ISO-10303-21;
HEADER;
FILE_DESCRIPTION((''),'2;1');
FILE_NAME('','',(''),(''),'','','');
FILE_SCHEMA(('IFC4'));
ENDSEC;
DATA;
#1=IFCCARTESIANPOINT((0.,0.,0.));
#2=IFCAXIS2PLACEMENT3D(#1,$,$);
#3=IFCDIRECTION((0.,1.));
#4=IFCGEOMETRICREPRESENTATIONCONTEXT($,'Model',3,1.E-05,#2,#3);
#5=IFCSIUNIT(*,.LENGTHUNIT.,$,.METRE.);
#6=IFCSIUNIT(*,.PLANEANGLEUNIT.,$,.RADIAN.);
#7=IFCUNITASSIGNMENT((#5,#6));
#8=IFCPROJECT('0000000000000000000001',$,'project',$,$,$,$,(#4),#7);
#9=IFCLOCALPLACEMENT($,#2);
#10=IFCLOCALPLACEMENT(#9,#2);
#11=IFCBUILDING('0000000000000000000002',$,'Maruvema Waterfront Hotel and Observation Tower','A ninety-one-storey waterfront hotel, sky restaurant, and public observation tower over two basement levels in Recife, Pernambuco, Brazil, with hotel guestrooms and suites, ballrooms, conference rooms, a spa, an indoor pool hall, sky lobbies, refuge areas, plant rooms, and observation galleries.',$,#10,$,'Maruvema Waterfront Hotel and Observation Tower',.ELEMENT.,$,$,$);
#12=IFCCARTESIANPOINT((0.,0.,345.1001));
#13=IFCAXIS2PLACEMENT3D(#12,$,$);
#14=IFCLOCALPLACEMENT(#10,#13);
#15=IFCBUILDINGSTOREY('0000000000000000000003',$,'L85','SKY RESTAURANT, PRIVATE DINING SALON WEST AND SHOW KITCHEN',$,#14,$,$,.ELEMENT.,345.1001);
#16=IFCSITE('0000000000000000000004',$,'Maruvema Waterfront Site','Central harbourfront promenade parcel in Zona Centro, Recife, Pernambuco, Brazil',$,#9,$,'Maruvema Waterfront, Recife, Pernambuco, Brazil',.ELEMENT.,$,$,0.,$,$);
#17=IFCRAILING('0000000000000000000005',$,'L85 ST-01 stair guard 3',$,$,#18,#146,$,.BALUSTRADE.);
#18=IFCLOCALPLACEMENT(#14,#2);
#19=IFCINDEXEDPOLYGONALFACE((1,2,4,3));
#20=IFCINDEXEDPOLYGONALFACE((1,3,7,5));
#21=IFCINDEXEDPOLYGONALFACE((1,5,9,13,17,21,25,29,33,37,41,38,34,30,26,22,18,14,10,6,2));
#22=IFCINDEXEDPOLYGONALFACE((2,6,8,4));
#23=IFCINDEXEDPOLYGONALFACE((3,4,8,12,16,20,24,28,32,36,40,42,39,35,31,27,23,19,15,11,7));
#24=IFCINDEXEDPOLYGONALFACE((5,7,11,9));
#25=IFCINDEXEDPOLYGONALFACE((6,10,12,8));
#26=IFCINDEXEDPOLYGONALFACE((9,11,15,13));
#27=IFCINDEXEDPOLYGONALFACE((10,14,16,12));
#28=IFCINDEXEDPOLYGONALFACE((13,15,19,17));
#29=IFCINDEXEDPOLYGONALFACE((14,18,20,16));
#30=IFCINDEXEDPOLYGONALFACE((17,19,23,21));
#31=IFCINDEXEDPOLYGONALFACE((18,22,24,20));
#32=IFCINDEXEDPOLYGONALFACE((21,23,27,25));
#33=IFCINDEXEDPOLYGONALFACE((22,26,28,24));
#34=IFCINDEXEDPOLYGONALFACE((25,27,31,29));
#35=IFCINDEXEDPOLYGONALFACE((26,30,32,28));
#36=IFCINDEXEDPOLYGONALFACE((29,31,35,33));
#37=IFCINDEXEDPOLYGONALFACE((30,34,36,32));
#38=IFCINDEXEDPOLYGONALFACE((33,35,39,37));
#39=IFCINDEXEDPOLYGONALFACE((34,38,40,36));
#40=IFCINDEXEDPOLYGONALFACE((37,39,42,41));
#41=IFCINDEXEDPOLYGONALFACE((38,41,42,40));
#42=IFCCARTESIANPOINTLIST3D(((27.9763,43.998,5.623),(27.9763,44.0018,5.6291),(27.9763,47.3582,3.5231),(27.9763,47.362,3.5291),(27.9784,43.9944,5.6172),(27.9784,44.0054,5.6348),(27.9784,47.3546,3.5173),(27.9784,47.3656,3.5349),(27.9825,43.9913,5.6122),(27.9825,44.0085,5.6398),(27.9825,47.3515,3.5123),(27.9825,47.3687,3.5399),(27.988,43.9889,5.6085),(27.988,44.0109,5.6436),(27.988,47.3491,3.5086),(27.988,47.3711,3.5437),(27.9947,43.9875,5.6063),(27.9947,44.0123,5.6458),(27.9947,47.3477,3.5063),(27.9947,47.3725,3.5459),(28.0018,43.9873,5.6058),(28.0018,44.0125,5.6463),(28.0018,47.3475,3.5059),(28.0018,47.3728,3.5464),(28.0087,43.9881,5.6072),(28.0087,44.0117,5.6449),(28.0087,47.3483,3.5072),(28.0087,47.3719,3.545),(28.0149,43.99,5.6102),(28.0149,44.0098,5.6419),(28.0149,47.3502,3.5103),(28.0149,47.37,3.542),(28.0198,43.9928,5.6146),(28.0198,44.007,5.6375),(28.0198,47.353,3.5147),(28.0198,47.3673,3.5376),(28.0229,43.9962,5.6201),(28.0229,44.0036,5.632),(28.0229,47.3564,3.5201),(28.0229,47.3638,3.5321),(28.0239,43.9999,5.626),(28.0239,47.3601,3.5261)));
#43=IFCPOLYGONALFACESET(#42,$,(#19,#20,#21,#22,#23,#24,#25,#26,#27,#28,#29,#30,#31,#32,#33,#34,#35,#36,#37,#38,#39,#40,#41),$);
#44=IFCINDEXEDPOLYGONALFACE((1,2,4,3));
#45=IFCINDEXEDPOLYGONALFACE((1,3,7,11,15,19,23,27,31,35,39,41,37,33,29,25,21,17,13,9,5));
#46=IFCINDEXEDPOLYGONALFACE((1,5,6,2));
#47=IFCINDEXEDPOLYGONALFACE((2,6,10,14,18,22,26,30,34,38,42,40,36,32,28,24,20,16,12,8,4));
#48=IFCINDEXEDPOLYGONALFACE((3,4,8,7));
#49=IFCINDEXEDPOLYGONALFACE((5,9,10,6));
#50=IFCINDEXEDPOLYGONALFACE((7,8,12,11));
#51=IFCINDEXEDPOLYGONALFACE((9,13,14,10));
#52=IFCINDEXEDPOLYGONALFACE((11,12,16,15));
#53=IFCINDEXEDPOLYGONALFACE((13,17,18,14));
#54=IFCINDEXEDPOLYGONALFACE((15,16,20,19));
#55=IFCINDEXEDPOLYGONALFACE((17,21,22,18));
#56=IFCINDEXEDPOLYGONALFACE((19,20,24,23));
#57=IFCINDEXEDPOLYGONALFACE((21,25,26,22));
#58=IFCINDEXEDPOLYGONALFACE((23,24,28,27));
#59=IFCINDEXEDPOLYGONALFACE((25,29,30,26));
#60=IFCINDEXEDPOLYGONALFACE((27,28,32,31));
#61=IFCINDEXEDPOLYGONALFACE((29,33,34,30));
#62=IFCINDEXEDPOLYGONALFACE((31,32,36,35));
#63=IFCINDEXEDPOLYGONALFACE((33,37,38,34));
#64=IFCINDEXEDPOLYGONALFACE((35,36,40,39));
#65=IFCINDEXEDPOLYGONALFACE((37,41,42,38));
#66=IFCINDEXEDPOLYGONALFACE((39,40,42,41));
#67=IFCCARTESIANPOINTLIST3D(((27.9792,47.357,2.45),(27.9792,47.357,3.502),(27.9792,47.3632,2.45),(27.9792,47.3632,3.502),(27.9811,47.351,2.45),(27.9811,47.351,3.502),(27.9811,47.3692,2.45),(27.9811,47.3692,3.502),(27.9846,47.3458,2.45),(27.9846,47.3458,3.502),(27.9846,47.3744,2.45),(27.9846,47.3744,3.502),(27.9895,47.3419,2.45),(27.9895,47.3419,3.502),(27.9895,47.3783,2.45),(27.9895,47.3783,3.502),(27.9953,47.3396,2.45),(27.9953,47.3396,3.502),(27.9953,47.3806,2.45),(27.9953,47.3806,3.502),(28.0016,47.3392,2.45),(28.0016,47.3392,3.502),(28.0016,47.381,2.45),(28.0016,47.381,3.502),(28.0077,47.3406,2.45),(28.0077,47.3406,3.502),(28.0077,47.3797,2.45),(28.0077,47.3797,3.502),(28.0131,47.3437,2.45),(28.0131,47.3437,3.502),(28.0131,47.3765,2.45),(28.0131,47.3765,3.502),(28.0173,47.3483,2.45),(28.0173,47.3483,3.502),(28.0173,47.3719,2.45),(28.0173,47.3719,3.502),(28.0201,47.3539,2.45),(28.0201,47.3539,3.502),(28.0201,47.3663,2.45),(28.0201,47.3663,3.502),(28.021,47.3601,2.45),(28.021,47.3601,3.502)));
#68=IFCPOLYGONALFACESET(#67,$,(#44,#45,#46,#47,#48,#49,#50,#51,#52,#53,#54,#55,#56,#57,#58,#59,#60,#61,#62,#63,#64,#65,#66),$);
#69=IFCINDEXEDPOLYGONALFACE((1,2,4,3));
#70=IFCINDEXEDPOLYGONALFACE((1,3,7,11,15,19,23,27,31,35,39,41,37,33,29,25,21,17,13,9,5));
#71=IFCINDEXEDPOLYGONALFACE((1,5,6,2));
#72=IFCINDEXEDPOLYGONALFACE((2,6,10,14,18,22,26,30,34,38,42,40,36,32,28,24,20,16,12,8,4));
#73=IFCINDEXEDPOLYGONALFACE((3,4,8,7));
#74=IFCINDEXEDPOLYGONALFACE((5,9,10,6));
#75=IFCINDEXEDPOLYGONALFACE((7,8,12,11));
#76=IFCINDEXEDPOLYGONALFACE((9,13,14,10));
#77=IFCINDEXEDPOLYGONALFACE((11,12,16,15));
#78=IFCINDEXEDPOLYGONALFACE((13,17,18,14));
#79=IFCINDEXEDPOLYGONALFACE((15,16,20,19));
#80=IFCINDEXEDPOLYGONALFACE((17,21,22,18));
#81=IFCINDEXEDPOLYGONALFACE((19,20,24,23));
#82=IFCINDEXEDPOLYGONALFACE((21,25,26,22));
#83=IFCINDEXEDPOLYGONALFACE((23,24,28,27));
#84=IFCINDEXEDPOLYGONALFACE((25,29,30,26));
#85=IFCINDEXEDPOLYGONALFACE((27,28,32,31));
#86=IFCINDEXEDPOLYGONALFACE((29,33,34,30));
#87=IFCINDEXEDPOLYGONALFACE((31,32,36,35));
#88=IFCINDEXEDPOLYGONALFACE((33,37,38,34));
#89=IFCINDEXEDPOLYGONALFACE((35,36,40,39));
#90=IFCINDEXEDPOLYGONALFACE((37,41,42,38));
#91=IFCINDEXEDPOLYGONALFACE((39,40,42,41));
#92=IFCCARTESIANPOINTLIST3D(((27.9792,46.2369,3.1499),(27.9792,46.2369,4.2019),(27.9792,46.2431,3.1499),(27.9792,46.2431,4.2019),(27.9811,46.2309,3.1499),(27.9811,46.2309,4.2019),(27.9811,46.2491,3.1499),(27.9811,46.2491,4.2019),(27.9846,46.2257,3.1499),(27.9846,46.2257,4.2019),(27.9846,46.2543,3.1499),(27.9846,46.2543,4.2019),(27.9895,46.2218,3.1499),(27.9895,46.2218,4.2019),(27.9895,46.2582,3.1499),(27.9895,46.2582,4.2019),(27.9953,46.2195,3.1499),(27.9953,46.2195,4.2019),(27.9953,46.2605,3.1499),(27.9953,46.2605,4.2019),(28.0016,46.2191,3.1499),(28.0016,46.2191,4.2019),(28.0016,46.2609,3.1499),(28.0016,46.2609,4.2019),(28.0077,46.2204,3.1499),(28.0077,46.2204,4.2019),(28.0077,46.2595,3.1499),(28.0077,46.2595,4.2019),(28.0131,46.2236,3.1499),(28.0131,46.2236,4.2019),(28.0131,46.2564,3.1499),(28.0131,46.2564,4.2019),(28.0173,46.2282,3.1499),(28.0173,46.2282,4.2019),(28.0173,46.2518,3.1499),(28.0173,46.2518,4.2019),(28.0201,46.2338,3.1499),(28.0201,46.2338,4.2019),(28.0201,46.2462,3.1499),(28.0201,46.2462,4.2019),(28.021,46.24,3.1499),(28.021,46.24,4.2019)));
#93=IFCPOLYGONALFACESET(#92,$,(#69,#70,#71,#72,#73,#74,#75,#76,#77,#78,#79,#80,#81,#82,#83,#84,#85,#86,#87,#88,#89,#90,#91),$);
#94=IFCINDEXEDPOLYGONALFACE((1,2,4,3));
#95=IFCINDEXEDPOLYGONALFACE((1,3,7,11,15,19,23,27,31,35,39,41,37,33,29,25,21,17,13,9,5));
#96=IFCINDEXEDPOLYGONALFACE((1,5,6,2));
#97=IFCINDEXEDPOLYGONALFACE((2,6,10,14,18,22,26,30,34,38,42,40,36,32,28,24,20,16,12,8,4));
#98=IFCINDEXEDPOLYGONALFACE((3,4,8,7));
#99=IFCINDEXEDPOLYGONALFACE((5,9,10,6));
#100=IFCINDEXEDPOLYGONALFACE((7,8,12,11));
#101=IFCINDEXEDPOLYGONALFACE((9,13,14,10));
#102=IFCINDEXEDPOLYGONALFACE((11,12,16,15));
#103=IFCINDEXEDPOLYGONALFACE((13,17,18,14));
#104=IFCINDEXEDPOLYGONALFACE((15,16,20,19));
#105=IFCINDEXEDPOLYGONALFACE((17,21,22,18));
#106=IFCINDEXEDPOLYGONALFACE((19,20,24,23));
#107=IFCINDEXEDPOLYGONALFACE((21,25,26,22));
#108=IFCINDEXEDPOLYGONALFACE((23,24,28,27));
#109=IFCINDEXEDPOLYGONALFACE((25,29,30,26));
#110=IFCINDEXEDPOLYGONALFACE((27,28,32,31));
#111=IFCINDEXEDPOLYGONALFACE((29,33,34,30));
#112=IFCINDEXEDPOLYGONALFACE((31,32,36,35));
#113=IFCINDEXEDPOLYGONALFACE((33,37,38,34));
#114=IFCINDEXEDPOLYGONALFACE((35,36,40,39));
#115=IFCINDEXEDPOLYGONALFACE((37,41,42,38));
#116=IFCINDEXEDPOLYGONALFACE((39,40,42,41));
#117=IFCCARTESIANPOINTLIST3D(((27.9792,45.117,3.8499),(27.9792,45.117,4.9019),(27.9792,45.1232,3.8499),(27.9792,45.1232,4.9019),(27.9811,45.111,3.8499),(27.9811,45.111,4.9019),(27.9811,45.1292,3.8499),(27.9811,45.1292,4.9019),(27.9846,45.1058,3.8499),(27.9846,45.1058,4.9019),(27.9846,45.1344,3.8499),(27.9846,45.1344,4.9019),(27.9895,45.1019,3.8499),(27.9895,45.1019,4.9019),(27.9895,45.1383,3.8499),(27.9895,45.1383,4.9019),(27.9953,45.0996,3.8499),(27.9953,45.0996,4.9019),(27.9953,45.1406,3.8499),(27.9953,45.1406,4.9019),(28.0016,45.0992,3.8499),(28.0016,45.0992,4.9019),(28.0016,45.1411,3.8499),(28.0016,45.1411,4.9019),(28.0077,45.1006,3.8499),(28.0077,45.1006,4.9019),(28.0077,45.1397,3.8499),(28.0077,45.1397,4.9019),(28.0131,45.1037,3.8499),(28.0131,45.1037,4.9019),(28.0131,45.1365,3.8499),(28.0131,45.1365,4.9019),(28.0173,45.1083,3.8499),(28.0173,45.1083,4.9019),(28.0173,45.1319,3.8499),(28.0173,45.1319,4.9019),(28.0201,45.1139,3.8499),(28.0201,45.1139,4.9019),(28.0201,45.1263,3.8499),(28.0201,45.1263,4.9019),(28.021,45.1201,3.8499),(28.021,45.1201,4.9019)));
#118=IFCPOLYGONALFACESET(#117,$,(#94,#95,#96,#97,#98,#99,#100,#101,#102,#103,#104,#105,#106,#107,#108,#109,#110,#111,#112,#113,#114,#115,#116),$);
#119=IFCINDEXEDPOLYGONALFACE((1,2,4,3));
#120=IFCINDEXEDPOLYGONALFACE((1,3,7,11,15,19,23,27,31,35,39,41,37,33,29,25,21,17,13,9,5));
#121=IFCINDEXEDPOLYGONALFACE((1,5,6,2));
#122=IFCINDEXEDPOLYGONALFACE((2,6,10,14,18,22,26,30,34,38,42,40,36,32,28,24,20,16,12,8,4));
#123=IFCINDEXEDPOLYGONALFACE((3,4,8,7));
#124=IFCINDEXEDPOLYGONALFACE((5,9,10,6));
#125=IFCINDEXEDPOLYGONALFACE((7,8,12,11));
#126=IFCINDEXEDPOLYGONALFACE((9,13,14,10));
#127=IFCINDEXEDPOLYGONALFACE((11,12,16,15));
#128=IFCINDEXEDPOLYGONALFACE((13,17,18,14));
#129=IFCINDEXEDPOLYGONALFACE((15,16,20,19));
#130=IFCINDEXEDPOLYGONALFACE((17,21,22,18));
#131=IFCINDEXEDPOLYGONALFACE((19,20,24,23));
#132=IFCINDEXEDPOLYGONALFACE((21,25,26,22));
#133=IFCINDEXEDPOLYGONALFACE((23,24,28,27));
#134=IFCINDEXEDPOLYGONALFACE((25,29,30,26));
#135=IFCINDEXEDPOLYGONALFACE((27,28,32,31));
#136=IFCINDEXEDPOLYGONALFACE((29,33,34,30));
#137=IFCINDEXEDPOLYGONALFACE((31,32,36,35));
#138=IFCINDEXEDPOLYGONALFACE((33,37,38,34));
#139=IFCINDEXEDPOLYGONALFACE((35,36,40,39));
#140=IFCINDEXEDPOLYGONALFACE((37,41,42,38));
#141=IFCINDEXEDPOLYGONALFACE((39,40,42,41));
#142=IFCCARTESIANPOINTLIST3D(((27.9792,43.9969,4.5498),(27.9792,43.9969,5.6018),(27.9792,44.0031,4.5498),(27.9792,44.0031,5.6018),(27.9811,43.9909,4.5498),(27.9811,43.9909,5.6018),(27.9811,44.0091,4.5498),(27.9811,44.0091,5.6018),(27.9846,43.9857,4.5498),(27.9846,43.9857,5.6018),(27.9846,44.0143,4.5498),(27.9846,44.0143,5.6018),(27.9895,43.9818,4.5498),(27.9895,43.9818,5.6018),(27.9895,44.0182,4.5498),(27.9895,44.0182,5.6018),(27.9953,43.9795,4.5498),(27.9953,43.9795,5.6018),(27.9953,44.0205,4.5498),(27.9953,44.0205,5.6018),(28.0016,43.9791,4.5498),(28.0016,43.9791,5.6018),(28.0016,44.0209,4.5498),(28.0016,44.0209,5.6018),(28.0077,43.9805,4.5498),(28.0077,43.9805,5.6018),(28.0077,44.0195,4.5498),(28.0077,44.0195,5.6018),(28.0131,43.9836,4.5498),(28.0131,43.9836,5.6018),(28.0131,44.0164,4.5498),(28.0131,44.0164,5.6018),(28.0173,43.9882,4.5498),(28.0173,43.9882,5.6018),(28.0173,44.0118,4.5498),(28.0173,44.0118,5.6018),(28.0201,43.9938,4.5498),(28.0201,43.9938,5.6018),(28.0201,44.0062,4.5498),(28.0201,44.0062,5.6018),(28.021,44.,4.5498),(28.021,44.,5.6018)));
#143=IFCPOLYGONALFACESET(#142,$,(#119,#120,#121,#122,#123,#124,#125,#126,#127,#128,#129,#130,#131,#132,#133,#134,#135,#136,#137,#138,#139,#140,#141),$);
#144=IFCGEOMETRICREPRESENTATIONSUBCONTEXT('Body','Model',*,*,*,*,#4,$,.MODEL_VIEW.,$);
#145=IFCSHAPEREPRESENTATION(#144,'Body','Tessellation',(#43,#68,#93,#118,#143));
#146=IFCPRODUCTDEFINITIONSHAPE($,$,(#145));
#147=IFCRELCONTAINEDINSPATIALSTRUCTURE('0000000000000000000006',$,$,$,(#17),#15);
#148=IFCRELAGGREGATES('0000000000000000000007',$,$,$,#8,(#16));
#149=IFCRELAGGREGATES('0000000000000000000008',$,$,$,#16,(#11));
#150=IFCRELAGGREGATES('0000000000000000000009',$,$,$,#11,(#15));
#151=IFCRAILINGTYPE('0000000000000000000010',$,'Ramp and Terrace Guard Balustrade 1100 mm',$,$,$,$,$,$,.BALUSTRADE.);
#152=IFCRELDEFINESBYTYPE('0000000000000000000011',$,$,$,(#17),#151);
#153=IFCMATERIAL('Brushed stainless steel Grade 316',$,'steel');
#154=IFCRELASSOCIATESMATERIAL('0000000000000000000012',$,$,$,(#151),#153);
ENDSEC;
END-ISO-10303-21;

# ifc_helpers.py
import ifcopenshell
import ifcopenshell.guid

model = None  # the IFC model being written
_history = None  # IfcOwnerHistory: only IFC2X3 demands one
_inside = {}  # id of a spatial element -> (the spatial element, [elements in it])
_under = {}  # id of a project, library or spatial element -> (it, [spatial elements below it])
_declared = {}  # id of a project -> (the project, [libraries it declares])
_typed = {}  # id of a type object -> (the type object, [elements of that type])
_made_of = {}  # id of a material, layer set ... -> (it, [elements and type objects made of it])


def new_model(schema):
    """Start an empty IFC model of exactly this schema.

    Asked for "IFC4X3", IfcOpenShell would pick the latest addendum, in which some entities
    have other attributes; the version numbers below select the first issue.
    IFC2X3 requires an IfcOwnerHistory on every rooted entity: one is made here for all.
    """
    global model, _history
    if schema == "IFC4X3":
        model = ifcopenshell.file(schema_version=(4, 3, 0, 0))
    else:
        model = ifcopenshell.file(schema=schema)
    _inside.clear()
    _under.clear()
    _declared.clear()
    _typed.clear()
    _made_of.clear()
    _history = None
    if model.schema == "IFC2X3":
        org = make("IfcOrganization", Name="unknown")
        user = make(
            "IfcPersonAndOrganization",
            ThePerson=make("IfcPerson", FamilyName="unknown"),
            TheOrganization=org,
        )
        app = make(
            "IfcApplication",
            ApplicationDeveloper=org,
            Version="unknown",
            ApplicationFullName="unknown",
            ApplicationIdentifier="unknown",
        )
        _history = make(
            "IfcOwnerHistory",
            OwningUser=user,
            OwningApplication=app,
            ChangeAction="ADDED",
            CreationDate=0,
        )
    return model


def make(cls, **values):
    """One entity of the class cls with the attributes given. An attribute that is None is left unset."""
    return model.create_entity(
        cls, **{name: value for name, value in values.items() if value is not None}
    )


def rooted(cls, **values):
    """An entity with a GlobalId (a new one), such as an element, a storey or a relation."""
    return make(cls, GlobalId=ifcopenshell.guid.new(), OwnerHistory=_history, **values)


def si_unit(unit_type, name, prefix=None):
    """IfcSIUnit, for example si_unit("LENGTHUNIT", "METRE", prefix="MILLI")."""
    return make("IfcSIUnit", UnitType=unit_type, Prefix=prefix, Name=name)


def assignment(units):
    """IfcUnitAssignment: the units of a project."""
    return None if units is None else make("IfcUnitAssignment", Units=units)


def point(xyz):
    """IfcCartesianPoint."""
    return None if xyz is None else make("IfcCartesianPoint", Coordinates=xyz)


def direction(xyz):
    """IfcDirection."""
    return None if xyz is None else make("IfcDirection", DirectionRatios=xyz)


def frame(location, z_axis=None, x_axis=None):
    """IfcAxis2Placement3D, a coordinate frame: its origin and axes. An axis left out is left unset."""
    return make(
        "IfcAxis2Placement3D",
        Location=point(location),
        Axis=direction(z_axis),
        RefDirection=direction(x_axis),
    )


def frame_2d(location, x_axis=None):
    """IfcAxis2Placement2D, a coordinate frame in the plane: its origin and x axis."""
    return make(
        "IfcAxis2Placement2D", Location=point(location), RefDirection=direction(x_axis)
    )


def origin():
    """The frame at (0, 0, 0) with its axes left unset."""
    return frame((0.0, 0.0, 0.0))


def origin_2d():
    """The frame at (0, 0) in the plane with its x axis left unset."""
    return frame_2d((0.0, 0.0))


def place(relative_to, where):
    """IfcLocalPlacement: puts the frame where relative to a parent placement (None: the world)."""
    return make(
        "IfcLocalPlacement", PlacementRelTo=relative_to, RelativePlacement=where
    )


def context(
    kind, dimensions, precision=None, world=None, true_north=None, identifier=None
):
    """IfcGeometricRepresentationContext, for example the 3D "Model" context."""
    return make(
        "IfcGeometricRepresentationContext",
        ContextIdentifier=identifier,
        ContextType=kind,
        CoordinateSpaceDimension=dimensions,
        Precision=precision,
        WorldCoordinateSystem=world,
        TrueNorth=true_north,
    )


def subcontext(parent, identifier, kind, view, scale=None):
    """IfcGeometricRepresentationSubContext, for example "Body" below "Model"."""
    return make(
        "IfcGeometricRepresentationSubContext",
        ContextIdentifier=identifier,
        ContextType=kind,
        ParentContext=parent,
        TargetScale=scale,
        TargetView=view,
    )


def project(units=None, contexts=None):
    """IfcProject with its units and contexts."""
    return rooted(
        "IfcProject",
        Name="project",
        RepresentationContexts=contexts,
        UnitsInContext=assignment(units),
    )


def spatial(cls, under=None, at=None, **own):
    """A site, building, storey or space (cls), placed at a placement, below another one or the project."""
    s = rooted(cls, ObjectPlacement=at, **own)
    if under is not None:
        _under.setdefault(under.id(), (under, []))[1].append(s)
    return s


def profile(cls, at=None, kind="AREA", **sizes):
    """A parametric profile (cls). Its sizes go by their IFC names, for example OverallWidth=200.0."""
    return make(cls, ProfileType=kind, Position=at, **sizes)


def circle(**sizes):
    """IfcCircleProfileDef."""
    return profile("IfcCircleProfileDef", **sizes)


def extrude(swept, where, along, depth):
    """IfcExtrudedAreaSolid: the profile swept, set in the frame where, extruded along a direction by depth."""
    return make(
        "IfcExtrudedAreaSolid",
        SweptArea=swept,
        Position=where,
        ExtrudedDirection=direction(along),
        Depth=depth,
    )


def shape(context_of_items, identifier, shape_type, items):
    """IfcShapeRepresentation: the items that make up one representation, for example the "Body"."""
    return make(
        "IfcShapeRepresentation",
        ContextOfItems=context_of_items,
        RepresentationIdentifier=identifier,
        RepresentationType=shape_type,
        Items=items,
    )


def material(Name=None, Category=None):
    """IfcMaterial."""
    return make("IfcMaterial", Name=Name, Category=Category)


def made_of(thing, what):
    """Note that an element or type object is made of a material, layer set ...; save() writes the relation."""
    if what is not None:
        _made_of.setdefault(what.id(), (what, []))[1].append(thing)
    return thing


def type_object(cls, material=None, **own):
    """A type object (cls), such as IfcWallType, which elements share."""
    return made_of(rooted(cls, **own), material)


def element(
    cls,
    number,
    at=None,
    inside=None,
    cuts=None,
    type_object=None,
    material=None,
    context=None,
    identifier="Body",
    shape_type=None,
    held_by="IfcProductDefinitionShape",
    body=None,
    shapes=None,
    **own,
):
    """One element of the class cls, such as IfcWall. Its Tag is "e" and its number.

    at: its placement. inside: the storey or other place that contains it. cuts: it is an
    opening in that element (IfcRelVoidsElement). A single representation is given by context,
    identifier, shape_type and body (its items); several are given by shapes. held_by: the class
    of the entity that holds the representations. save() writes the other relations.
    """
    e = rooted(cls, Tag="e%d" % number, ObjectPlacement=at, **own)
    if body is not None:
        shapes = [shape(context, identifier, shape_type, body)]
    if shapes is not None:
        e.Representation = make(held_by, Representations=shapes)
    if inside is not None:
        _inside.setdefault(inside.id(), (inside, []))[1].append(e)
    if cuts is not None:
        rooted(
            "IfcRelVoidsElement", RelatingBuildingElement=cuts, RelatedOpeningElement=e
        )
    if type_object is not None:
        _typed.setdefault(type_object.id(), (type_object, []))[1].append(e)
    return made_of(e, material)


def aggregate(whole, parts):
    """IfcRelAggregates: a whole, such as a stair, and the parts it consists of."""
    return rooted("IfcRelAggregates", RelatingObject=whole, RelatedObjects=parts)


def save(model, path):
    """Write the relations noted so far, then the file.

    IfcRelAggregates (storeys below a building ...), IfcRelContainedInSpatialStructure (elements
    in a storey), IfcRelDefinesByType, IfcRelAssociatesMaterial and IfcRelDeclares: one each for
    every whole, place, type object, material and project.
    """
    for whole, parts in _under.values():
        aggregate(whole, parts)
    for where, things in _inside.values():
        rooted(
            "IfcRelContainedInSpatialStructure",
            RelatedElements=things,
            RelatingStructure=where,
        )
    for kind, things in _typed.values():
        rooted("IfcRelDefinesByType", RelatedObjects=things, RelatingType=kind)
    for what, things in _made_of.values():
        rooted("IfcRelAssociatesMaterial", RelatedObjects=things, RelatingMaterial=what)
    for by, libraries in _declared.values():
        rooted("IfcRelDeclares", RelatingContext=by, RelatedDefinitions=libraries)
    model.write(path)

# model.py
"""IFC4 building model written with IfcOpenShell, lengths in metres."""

from ifc_helpers import new_model, si_unit, direction, frame, origin, origin_2d, place, context, subcontext, project, spatial, circle, extrude, material, type_object, element, save


model = new_model("IFC4")

# Units and contexts
model_context = context("Model", 3, precision=1e-05, world=origin(), true_north=direction((0.0, 1.0)))
body_context = subcontext(model_context, "Body", "Model", "MODEL_VIEW")
ifc_project = project(units=[si_unit("LENGTHUNIT", "METRE"), si_unit("PLANEANGLEUNIT", "RADIAN")], contexts=[model_context])

# Site, building, storey
site_placement = place(None, origin())
site = spatial("IfcSite", under=ifc_project, at=site_placement, Name="Maruvema Waterfront Site", Description="Central harbourfront promenade parcel in Zona Centro, Recife, Pernambuco, Brazil", LongName="Maruvema Waterfront, Recife, Pernambuco, Brazil", CompositionType="ELEMENT", RefElevation=0.0)
building_placement = place(site_placement, origin())
building = spatial("IfcBuilding", under=site, at=building_placement, Name="Maruvema Waterfront Hotel and Observation Tower", Description="A ninety-one-storey waterfront hotel, sky restaurant, and public observation tower over two basement levels in Recife, Pernambuco, Brazil, with hotel guestrooms and suites, ballrooms, conference rooms, a spa, an indoor pool hall, sky lobbies, refuge areas, plant rooms, and observation galleries.", LongName="Maruvema Waterfront Hotel and Observation Tower", CompositionType="ELEMENT")
storey_placement = place(building_placement, frame((0.0, 0.0, 345.1001)))
storey = spatial("IfcBuildingStorey", under=building, at=storey_placement, Name="L85", Description="SKY RESTAURANT, PRIVATE DINING SALON WEST AND SHOW KITCHEN", CompositionType="ELEMENT", Elevation=345.1001)

# Railing
ifc_material_1 = material(Name="Brushed stainless steel Grade 316", Category="steel")
railing_type_1 = type_object("IfcRailingType", Name="Ramp and Terrace Guard Balustrade 1100 mm", PredefinedType="BALUSTRADE", material=ifc_material_1)
railing_1_placement = place(storey_placement, frame((28.0, 47.3601, 2.45)))
element("IfcRailing", 1, at=railing_1_placement, inside=storey, type_object=railing_type_1, Name="L85 ST-01 stair guard 3", PredefinedType="BALUSTRADE", context=body_context, shape_type="SweptSolid", body=[
    extrude(circle(Radius=0.0239, at=origin_2d()), frame((0.0, 0.0, 1.0762), z_axis=(0.0, -0.848023, 0.52996), x_axis=(1.0, 0.0, 0.0)), (0.0, 0.0, 1.0), 3.9624),
    extrude(circle(Radius=0.021, at=origin_2d()), origin(), (0.0, 0.0, 1.0), 1.052),
    extrude(circle(Radius=0.021, at=origin_2d()), frame((0.0, -1.1201, 0.7)), (0.0, 0.0, 1.0), 1.052),
    extrude(circle(Radius=0.021, at=origin_2d()), frame((0.0, -2.24, 1.3999)), (0.0, 0.0, 1.0), 1.052),
    extrude(circle(Radius=0.021, at=origin_2d()), frame((0.0, -3.3601, 2.0999)), (0.0, 0.0, 1.0), 1.052),
])

save(model, "model.ifc")
